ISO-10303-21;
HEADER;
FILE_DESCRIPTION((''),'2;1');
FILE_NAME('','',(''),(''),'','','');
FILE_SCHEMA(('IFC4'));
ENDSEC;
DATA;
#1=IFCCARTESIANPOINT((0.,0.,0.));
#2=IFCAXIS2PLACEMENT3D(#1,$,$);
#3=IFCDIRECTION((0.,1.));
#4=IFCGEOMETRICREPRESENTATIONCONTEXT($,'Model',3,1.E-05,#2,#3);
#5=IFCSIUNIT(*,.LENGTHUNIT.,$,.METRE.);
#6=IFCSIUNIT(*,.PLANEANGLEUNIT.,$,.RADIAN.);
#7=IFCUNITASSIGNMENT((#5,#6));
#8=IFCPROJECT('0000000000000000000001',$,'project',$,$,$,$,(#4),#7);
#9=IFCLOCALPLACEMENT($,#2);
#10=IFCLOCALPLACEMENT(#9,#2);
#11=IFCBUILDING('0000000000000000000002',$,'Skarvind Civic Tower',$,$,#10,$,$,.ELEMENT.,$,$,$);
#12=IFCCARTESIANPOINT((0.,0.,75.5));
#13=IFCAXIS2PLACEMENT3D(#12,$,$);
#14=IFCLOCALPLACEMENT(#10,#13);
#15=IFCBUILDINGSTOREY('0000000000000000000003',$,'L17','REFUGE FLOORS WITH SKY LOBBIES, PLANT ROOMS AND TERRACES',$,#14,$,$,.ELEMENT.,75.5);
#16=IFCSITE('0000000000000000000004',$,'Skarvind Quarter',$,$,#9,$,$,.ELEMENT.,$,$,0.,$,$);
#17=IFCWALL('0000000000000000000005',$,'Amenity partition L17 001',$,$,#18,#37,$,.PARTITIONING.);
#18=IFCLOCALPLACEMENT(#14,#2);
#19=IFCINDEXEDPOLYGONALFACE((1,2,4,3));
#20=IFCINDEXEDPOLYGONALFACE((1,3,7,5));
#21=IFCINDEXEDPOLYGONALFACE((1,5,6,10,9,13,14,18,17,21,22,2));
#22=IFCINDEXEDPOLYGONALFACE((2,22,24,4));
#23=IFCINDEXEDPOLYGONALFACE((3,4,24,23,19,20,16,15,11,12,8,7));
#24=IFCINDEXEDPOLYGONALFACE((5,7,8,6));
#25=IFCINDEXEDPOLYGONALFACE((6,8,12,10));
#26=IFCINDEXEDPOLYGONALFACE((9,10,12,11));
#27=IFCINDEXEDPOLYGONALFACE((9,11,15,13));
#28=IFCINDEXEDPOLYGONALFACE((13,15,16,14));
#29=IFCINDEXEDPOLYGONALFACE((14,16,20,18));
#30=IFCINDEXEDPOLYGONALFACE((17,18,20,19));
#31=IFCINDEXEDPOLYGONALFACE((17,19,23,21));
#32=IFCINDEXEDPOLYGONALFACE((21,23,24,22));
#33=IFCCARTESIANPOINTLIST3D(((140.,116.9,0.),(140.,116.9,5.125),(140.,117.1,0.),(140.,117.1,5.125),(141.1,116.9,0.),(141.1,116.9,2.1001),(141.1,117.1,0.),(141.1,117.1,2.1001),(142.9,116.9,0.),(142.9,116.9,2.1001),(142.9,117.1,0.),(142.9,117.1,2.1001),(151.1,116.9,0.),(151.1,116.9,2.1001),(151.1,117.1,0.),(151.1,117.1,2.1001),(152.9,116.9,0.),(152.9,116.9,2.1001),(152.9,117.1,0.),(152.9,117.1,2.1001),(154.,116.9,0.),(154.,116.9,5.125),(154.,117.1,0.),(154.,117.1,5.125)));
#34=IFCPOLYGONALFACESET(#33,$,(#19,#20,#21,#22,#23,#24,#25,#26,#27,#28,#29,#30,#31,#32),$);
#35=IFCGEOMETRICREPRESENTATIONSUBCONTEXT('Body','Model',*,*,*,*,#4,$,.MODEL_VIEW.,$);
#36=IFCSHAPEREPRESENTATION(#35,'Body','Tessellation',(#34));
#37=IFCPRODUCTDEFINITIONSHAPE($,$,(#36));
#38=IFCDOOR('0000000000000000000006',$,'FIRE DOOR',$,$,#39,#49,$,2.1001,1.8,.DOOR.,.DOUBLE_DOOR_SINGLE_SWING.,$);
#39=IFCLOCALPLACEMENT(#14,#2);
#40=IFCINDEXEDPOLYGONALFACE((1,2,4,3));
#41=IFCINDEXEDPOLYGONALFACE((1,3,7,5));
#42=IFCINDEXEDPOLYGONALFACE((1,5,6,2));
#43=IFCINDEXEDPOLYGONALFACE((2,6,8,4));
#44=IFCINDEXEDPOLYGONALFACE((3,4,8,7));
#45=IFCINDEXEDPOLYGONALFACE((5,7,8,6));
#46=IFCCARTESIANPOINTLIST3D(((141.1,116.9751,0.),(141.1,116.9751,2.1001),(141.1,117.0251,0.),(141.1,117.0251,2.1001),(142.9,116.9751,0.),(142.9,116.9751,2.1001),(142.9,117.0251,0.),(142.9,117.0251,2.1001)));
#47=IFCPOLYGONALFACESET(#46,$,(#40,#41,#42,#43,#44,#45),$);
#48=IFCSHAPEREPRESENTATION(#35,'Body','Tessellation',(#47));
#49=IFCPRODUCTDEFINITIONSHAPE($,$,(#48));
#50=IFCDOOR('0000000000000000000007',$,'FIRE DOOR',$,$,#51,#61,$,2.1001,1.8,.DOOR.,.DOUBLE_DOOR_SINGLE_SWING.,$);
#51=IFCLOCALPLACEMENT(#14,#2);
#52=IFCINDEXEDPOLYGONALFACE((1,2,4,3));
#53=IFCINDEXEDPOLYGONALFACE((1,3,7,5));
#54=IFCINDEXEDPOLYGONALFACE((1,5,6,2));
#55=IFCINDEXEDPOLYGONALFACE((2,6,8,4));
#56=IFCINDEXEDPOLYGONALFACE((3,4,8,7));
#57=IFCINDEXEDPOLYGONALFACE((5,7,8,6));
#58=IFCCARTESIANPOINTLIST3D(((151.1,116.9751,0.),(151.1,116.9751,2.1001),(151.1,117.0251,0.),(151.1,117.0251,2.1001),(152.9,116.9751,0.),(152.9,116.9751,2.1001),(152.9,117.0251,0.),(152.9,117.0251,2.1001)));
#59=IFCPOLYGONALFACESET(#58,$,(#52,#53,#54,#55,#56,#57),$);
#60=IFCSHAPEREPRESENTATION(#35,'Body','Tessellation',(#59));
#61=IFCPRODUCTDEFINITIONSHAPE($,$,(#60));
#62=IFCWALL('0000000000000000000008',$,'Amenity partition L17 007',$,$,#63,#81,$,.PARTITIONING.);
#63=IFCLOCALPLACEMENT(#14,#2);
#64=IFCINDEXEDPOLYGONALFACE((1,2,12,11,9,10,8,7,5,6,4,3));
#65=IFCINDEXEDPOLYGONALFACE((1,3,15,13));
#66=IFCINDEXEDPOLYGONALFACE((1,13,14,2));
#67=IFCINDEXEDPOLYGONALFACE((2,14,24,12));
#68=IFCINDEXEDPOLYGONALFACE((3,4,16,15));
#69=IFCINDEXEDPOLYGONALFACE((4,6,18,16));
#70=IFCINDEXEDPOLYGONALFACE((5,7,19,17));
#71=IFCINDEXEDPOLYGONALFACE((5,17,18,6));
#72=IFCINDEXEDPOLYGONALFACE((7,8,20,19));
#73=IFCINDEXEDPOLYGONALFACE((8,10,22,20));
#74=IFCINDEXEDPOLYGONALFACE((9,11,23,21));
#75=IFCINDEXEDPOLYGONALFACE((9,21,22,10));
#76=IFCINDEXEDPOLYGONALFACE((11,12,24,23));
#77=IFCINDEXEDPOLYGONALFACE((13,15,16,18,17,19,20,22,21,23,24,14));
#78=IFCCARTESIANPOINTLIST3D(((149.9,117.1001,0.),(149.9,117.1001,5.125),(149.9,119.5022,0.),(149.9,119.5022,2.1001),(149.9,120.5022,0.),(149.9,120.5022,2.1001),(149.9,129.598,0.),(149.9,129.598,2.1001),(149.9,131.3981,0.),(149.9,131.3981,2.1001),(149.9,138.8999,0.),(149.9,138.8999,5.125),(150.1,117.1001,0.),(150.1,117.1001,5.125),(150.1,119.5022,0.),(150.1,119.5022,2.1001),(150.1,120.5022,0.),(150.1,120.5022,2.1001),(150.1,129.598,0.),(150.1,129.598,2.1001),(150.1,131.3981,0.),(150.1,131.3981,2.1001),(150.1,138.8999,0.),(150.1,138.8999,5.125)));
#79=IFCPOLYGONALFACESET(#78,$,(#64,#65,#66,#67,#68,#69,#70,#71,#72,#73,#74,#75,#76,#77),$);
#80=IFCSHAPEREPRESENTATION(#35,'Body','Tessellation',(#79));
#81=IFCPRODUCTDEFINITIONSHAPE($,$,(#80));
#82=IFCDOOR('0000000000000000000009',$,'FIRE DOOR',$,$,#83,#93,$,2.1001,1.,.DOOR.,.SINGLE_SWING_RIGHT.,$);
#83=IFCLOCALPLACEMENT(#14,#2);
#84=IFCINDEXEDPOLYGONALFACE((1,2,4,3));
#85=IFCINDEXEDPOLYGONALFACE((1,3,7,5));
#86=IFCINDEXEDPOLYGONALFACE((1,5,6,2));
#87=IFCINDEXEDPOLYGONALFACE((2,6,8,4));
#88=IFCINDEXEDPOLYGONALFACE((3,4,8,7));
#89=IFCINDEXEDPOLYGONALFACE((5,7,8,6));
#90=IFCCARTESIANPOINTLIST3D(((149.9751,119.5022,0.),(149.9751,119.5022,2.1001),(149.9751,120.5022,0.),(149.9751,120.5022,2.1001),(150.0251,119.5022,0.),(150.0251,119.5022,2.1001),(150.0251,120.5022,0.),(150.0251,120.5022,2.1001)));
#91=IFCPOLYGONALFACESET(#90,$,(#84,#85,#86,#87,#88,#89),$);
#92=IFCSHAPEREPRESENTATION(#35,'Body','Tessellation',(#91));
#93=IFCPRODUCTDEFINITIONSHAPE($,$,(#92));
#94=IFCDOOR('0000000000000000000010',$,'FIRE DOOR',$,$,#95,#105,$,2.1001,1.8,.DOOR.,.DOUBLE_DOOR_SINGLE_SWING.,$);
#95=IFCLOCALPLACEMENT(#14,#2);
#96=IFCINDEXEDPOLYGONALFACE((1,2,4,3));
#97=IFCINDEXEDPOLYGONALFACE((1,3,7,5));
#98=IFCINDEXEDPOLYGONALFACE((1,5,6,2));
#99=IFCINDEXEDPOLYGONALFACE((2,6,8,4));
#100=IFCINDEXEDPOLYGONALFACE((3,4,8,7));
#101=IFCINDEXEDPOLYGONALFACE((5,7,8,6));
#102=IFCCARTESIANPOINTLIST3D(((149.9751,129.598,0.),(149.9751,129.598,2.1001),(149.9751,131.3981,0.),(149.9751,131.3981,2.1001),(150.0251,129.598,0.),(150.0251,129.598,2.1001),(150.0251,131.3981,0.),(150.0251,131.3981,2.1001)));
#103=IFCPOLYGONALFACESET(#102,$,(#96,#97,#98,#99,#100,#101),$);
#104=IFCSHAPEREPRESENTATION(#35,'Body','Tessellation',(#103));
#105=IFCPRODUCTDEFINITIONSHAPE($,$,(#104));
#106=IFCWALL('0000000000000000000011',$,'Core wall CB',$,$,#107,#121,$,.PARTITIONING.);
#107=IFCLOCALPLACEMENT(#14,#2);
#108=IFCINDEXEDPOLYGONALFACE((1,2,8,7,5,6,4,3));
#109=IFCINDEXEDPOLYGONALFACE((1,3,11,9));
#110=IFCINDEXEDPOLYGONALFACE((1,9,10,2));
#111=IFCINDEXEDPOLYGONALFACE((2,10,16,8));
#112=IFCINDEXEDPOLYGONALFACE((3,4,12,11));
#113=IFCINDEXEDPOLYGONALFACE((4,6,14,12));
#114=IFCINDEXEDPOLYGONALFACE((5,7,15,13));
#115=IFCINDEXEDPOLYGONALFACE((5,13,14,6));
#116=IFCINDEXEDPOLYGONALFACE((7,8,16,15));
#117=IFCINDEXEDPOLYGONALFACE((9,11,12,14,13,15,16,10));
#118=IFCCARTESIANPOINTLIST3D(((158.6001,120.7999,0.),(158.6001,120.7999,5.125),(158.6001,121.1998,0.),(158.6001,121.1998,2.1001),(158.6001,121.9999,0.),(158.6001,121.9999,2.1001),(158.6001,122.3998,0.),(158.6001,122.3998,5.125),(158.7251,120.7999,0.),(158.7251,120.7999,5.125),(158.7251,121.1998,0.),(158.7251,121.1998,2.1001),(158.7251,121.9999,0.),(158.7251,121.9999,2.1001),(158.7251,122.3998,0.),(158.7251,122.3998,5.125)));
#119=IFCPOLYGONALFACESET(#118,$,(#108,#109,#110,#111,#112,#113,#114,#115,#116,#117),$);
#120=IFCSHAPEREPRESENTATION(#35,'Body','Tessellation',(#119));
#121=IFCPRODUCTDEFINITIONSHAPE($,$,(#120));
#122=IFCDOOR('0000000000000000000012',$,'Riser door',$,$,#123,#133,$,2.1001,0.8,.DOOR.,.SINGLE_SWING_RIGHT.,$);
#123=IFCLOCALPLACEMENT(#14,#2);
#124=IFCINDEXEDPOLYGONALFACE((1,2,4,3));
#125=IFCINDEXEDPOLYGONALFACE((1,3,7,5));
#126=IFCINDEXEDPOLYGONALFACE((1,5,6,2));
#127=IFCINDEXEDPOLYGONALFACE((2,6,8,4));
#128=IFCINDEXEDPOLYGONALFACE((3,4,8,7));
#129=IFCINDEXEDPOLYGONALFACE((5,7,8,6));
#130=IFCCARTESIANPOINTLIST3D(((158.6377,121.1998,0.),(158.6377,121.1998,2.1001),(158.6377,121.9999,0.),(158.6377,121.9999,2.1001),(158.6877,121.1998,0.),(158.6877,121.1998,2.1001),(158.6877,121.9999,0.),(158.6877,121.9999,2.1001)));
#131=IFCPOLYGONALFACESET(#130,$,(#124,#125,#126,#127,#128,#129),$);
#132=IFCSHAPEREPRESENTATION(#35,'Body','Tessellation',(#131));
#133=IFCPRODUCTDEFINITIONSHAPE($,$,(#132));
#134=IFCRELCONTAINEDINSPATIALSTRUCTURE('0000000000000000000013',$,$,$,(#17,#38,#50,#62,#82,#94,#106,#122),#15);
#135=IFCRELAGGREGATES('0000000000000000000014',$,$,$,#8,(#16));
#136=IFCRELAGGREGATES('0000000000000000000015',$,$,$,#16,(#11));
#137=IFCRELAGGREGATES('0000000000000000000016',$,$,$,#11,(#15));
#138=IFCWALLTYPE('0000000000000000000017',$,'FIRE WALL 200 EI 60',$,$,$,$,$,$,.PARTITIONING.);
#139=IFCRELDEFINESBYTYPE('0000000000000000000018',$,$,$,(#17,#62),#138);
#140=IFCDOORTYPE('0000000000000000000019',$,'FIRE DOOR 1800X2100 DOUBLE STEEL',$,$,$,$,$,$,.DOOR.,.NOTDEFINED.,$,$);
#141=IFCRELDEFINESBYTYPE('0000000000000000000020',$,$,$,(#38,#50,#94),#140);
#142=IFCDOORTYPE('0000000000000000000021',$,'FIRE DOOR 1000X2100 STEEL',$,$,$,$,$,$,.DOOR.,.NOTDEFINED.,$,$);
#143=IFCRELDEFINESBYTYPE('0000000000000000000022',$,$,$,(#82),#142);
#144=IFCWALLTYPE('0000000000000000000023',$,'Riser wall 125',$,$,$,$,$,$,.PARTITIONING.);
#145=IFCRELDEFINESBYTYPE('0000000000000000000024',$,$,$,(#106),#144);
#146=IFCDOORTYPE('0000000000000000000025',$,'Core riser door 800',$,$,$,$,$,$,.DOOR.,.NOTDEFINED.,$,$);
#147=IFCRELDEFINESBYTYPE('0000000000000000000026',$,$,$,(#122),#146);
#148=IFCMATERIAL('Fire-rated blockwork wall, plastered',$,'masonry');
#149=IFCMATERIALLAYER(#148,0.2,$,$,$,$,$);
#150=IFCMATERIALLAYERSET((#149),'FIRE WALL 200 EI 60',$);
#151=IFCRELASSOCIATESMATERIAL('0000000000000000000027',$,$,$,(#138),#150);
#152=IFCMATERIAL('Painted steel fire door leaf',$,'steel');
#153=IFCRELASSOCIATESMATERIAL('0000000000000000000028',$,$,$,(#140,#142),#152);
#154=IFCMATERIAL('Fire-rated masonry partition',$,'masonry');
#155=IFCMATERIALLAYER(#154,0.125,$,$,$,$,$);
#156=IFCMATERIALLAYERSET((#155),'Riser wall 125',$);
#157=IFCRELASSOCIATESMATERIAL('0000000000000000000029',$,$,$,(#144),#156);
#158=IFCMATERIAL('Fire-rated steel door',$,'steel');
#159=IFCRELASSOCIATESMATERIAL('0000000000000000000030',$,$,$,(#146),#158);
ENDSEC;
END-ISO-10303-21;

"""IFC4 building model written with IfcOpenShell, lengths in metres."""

from ifc_helpers import new_model, si_unit, direction, frame, frame_2d, origin, place, context, subcontext, project, spatial, rectangle, extrude, material, layer, layer_set, type_object, element, fill, save


model = new_model("IFC4")

# Units and contexts
model_context = context("Model", 3, precision=1e-05, world=origin(), true_north=direction((0.0, 1.0)))
body_context = subcontext(model_context, "Body", "Model", "MODEL_VIEW")
ifc_project = project(units=[si_unit("LENGTHUNIT", "METRE"), si_unit("PLANEANGLEUNIT", "RADIAN")], contexts=[model_context])

# Site, building, storey
site_placement = place(None, origin())
site = spatial("IfcSite", under=ifc_project, at=site_placement, Name="Skarvind Quarter", CompositionType="ELEMENT", RefElevation=0.0)
building_placement = place(site_placement, origin())
building = spatial("IfcBuilding", under=site, at=building_placement, Name="Skarvind Civic Tower", CompositionType="ELEMENT")
storey_placement = place(building_placement, frame((0.0, 0.0, 75.5)))
storey = spatial("IfcBuildingStorey", under=building, at=storey_placement, Name="L17", Description="REFUGE FLOORS WITH SKY LOBBIES, PLANT ROOMS AND TERRACES", CompositionType="ELEMENT", Elevation=75.5)

# Shared definitions
ifc_material_1 = material(Name="Fire-rated masonry partition", Category="masonry")
ifc_material_2 = material(Name="Fire-rated steel door", Category="steel")

# Walls, openings, doors
ifc_material_3 = material(Name="Fire-rated blockwork wall, plastered", Category="masonry")
ifc_layer_1 = layer(ifc_material_3, 0.2)
ifc_layer_set_1 = layer_set([ifc_layer_1], Name="FIRE WALL 200 EI 60")
wall_type_1 = type_object("IfcWallType", Name="FIRE WALL 200 EI 60", PredefinedType="PARTITIONING", material=ifc_layer_set_1)
wall_1_placement = place(storey_placement, frame((154.0, 117.0, 0.0), z_axis=(0.0, 0.0, 1.0), x_axis=(-1.0, 0.0, 0.0)))
wall_1 = element("IfcWall", 1, at=wall_1_placement, inside=storey, type_object=wall_type_1, Name="Amenity partition L17 001", PredefinedType="PARTITIONING", context=body_context, shape_type="SweptSolid", body=[
    extrude(rectangle(XDim=14.0, YDim=0.2, at=frame_2d((7.0, 0.0))), origin(), (0.0, 0.0, 1.0), 5.125),
])
opening_1_placement = place(wall_1_placement, frame((11.1001, 0.0, 0.0)))
opening_1 = element("IfcOpeningElement", 2, at=opening_1_placement, cuts=wall_1, PredefinedType="OPENING", context=body_context, shape_type="SweptSolid", body=[
    extrude(rectangle(XDim=1.8, YDim=2.1001, at=frame_2d((0.8999, 1.05))), frame((0.0, 0.1099, 0.0), z_axis=(0.0, -1.0, 0.0), x_axis=(1.0, 0.0, 0.0)), (0.0, 0.0, 1.0), 0.22),
])
opening_2_placement = place(wall_1_placement, frame((1.1001, 0.0, 0.0)))
opening_2 = element("IfcOpeningElement", 3, at=opening_2_placement, cuts=wall_1, PredefinedType="OPENING", context=body_context, shape_type="SweptSolid", body=[
    extrude(rectangle(XDim=1.8, YDim=2.1001, at=frame_2d((0.8999, 1.05))), frame((0.0, 0.1099, 0.0), z_axis=(0.0, -1.0, 0.0), x_axis=(1.0, 0.0, 0.0)), (0.0, 0.0, 1.0), 0.22),
])
ifc_material_4 = material(Name="Painted steel fire door leaf", Category="steel")
door_type_1 = type_object("IfcDoorType", Name="FIRE DOOR 1800X2100 DOUBLE STEEL", OperationType="NOTDEFINED", PredefinedType="DOOR", material=ifc_material_4)
door_1_placement = place(opening_1_placement, origin())
door_1 = element("IfcDoor", 4, at=door_1_placement, inside=storey, type_object=door_type_1, Name="FIRE DOOR", OperationType="DOUBLE_DOOR_SINGLE_SWING", OverallHeight=2.1001, OverallWidth=1.8, PredefinedType="DOOR", context=body_context, shape_type="SweptSolid", body=[
    extrude(rectangle(XDim=1.8, YDim=2.1001, at=frame_2d((0.8999, 1.05))), frame((0.0, 0.0249, 0.0), z_axis=(0.0, -1.0, 0.0), x_axis=(1.0, 0.0, 0.0)), (0.0, 0.0, 1.0), 0.05),
])
fill(opening_1, door_1)
door_2_placement = place(opening_2_placement, origin())
door_2 = element("IfcDoor", 5, at=door_2_placement, inside=storey, type_object=door_type_1, Name="FIRE DOOR", OperationType="DOUBLE_DOOR_SINGLE_SWING", OverallHeight=2.1001, OverallWidth=1.8, PredefinedType="DOOR", context=body_context, shape_type="SweptSolid", body=[
    extrude(rectangle(XDim=1.8, YDim=2.1001, at=frame_2d((0.8999, 1.05))), frame((0.0, 0.0249, 0.0), z_axis=(0.0, -1.0, 0.0), x_axis=(1.0, 0.0, 0.0)), (0.0, 0.0, 1.0), 0.05),
])
fill(opening_2, door_2)
wall_2_placement = place(storey_placement, frame((150.0, 117.1001, 0.0), z_axis=(0.0, 0.0, 1.0), x_axis=(0.0, 1.0, 0.0)))
wall_2 = element("IfcWall", 6, at=wall_2_placement, inside=storey, type_object=wall_type_1, Name="Amenity partition L17 007", PredefinedType="PARTITIONING", context=body_context, shape_type="SweptSolid", body=[
    extrude(rectangle(XDim=21.7998, YDim=0.2, at=frame_2d((10.8999, 0.0))), origin(), (0.0, 0.0, 1.0), 5.125),
])
opening_3_placement = place(wall_2_placement, frame((2.4021, 0.0, 0.0)))
opening_3 = element("IfcOpeningElement", 7, at=opening_3_placement, cuts=wall_2, PredefinedType="OPENING", context=body_context, shape_type="SweptSolid", body=[
    extrude(rectangle(XDim=1.0, YDim=2.1001, at=frame_2d((0.5, 1.05))), frame((0.0, 0.1099, 0.0), z_axis=(0.0, -1.0, 0.0), x_axis=(1.0, 0.0, 0.0)), (0.0, 0.0, 1.0), 0.22),
])
opening_4_placement = place(wall_2_placement, frame((12.498, 0.0, 0.0)))
opening_4 = element("IfcOpeningElement", 8, at=opening_4_placement, cuts=wall_2, PredefinedType="OPENING", context=body_context, shape_type="SweptSolid", body=[
    extrude(rectangle(XDim=1.8, YDim=2.1001, at=frame_2d((0.8999, 1.05))), frame((0.0, 0.1099, 0.0), z_axis=(0.0, -1.0, 0.0), x_axis=(1.0, 0.0, 0.0)), (0.0, 0.0, 1.0), 0.22),
])
door_type_2 = type_object("IfcDoorType", Name="FIRE DOOR 1000X2100 STEEL", OperationType="NOTDEFINED", PredefinedType="DOOR", material=ifc_material_4)
door_3_placement = place(opening_3_placement, origin())
door_3 = element("IfcDoor", 9, at=door_3_placement, inside=storey, type_object=door_type_2, Name="FIRE DOOR", OperationType="SINGLE_SWING_RIGHT", OverallHeight=2.1001, OverallWidth=1.0, PredefinedType="DOOR", context=body_context, shape_type="SweptSolid", body=[
    extrude(rectangle(XDim=1.0, YDim=2.1001, at=frame_2d((0.5, 1.05))), frame((0.0, 0.0249, 0.0), z_axis=(0.0, -1.0, 0.0), x_axis=(1.0, 0.0, 0.0)), (0.0, 0.0, 1.0), 0.05),
])
fill(opening_3, door_3)
door_4_placement = place(opening_4_placement, origin())
door_4 = element("IfcDoor", 10, at=door_4_placement, inside=storey, type_object=door_type_1, Name="FIRE DOOR", OperationType="DOUBLE_DOOR_SINGLE_SWING", OverallHeight=2.1001, OverallWidth=1.8, PredefinedType="DOOR", context=body_context, shape_type="SweptSolid", body=[
    extrude(rectangle(XDim=1.8, YDim=2.1001, at=frame_2d((0.8999, 1.05))), frame((0.0, 0.0249, 0.0), z_axis=(0.0, -1.0, 0.0), x_axis=(1.0, 0.0, 0.0)), (0.0, 0.0, 1.0), 0.05),
])
fill(opening_4, door_4)

# Wall, opening, door
ifc_layer_2 = layer(ifc_material_1, 0.125)
ifc_layer_set_2 = layer_set([ifc_layer_2], Name="Riser wall 125")
wall_type_2 = type_object("IfcWallType", Name="Riser wall 125", PredefinedType="PARTITIONING", material=ifc_layer_set_2)
wall_3_placement = place(storey_placement, frame((158.6626, 120.8, 0.0), z_axis=(0.0, 0.0, 1.0), x_axis=(0.0, 1.0, 0.0)))
wall_3 = element("IfcWall", 11, at=wall_3_placement, inside=storey, type_object=wall_type_2, Name="Core wall CB", PredefinedType="PARTITIONING", context=body_context, shape_type="SweptSolid", body=[
    extrude(rectangle(XDim=1.5999, YDim=0.125, at=frame_2d((0.7998, 0.0))), origin(), (0.0, 0.0, 1.0), 5.125),
])
opening_5_placement = place(wall_3_placement, frame((0.3999, 0.0, 0.0)))
opening_5 = element("IfcOpeningElement", 12, at=opening_5_placement, cuts=wall_3, PredefinedType="OPENING", context=body_context, shape_type="SweptSolid", body=[
    extrude(rectangle(XDim=0.8, YDim=2.1001, at=frame_2d((0.3999, 1.05))), frame((0.0, 0.0725, 0.0), z_axis=(0.0, -1.0, 0.0), x_axis=(1.0, 0.0, 0.0)), (0.0, 0.0, 1.0), 0.145),
])
door_type_3 = type_object("IfcDoorType", Name="Core riser door 800", OperationType="NOTDEFINED", PredefinedType="DOOR", material=ifc_material_2)
door_5_placement = place(opening_5_placement, origin())
door_5 = element("IfcDoor", 13, at=door_5_placement, inside=storey, type_object=door_type_3, Name="Riser door", OperationType="SINGLE_SWING_RIGHT", OverallHeight=2.1001, OverallWidth=0.8, PredefinedType="DOOR", context=body_context, shape_type="SweptSolid", body=[
    extrude(rectangle(XDim=0.8, YDim=2.1001, at=frame_2d((0.3999, 1.05))), frame((0.0, 0.0249, 0.0), z_axis=(0.0, -1.0, 0.0), x_axis=(1.0, 0.0, 0.0)), (0.0, 0.0, 1.0), 0.05),
])
fill(opening_5, door_5)

save(model, "model.ifc")
